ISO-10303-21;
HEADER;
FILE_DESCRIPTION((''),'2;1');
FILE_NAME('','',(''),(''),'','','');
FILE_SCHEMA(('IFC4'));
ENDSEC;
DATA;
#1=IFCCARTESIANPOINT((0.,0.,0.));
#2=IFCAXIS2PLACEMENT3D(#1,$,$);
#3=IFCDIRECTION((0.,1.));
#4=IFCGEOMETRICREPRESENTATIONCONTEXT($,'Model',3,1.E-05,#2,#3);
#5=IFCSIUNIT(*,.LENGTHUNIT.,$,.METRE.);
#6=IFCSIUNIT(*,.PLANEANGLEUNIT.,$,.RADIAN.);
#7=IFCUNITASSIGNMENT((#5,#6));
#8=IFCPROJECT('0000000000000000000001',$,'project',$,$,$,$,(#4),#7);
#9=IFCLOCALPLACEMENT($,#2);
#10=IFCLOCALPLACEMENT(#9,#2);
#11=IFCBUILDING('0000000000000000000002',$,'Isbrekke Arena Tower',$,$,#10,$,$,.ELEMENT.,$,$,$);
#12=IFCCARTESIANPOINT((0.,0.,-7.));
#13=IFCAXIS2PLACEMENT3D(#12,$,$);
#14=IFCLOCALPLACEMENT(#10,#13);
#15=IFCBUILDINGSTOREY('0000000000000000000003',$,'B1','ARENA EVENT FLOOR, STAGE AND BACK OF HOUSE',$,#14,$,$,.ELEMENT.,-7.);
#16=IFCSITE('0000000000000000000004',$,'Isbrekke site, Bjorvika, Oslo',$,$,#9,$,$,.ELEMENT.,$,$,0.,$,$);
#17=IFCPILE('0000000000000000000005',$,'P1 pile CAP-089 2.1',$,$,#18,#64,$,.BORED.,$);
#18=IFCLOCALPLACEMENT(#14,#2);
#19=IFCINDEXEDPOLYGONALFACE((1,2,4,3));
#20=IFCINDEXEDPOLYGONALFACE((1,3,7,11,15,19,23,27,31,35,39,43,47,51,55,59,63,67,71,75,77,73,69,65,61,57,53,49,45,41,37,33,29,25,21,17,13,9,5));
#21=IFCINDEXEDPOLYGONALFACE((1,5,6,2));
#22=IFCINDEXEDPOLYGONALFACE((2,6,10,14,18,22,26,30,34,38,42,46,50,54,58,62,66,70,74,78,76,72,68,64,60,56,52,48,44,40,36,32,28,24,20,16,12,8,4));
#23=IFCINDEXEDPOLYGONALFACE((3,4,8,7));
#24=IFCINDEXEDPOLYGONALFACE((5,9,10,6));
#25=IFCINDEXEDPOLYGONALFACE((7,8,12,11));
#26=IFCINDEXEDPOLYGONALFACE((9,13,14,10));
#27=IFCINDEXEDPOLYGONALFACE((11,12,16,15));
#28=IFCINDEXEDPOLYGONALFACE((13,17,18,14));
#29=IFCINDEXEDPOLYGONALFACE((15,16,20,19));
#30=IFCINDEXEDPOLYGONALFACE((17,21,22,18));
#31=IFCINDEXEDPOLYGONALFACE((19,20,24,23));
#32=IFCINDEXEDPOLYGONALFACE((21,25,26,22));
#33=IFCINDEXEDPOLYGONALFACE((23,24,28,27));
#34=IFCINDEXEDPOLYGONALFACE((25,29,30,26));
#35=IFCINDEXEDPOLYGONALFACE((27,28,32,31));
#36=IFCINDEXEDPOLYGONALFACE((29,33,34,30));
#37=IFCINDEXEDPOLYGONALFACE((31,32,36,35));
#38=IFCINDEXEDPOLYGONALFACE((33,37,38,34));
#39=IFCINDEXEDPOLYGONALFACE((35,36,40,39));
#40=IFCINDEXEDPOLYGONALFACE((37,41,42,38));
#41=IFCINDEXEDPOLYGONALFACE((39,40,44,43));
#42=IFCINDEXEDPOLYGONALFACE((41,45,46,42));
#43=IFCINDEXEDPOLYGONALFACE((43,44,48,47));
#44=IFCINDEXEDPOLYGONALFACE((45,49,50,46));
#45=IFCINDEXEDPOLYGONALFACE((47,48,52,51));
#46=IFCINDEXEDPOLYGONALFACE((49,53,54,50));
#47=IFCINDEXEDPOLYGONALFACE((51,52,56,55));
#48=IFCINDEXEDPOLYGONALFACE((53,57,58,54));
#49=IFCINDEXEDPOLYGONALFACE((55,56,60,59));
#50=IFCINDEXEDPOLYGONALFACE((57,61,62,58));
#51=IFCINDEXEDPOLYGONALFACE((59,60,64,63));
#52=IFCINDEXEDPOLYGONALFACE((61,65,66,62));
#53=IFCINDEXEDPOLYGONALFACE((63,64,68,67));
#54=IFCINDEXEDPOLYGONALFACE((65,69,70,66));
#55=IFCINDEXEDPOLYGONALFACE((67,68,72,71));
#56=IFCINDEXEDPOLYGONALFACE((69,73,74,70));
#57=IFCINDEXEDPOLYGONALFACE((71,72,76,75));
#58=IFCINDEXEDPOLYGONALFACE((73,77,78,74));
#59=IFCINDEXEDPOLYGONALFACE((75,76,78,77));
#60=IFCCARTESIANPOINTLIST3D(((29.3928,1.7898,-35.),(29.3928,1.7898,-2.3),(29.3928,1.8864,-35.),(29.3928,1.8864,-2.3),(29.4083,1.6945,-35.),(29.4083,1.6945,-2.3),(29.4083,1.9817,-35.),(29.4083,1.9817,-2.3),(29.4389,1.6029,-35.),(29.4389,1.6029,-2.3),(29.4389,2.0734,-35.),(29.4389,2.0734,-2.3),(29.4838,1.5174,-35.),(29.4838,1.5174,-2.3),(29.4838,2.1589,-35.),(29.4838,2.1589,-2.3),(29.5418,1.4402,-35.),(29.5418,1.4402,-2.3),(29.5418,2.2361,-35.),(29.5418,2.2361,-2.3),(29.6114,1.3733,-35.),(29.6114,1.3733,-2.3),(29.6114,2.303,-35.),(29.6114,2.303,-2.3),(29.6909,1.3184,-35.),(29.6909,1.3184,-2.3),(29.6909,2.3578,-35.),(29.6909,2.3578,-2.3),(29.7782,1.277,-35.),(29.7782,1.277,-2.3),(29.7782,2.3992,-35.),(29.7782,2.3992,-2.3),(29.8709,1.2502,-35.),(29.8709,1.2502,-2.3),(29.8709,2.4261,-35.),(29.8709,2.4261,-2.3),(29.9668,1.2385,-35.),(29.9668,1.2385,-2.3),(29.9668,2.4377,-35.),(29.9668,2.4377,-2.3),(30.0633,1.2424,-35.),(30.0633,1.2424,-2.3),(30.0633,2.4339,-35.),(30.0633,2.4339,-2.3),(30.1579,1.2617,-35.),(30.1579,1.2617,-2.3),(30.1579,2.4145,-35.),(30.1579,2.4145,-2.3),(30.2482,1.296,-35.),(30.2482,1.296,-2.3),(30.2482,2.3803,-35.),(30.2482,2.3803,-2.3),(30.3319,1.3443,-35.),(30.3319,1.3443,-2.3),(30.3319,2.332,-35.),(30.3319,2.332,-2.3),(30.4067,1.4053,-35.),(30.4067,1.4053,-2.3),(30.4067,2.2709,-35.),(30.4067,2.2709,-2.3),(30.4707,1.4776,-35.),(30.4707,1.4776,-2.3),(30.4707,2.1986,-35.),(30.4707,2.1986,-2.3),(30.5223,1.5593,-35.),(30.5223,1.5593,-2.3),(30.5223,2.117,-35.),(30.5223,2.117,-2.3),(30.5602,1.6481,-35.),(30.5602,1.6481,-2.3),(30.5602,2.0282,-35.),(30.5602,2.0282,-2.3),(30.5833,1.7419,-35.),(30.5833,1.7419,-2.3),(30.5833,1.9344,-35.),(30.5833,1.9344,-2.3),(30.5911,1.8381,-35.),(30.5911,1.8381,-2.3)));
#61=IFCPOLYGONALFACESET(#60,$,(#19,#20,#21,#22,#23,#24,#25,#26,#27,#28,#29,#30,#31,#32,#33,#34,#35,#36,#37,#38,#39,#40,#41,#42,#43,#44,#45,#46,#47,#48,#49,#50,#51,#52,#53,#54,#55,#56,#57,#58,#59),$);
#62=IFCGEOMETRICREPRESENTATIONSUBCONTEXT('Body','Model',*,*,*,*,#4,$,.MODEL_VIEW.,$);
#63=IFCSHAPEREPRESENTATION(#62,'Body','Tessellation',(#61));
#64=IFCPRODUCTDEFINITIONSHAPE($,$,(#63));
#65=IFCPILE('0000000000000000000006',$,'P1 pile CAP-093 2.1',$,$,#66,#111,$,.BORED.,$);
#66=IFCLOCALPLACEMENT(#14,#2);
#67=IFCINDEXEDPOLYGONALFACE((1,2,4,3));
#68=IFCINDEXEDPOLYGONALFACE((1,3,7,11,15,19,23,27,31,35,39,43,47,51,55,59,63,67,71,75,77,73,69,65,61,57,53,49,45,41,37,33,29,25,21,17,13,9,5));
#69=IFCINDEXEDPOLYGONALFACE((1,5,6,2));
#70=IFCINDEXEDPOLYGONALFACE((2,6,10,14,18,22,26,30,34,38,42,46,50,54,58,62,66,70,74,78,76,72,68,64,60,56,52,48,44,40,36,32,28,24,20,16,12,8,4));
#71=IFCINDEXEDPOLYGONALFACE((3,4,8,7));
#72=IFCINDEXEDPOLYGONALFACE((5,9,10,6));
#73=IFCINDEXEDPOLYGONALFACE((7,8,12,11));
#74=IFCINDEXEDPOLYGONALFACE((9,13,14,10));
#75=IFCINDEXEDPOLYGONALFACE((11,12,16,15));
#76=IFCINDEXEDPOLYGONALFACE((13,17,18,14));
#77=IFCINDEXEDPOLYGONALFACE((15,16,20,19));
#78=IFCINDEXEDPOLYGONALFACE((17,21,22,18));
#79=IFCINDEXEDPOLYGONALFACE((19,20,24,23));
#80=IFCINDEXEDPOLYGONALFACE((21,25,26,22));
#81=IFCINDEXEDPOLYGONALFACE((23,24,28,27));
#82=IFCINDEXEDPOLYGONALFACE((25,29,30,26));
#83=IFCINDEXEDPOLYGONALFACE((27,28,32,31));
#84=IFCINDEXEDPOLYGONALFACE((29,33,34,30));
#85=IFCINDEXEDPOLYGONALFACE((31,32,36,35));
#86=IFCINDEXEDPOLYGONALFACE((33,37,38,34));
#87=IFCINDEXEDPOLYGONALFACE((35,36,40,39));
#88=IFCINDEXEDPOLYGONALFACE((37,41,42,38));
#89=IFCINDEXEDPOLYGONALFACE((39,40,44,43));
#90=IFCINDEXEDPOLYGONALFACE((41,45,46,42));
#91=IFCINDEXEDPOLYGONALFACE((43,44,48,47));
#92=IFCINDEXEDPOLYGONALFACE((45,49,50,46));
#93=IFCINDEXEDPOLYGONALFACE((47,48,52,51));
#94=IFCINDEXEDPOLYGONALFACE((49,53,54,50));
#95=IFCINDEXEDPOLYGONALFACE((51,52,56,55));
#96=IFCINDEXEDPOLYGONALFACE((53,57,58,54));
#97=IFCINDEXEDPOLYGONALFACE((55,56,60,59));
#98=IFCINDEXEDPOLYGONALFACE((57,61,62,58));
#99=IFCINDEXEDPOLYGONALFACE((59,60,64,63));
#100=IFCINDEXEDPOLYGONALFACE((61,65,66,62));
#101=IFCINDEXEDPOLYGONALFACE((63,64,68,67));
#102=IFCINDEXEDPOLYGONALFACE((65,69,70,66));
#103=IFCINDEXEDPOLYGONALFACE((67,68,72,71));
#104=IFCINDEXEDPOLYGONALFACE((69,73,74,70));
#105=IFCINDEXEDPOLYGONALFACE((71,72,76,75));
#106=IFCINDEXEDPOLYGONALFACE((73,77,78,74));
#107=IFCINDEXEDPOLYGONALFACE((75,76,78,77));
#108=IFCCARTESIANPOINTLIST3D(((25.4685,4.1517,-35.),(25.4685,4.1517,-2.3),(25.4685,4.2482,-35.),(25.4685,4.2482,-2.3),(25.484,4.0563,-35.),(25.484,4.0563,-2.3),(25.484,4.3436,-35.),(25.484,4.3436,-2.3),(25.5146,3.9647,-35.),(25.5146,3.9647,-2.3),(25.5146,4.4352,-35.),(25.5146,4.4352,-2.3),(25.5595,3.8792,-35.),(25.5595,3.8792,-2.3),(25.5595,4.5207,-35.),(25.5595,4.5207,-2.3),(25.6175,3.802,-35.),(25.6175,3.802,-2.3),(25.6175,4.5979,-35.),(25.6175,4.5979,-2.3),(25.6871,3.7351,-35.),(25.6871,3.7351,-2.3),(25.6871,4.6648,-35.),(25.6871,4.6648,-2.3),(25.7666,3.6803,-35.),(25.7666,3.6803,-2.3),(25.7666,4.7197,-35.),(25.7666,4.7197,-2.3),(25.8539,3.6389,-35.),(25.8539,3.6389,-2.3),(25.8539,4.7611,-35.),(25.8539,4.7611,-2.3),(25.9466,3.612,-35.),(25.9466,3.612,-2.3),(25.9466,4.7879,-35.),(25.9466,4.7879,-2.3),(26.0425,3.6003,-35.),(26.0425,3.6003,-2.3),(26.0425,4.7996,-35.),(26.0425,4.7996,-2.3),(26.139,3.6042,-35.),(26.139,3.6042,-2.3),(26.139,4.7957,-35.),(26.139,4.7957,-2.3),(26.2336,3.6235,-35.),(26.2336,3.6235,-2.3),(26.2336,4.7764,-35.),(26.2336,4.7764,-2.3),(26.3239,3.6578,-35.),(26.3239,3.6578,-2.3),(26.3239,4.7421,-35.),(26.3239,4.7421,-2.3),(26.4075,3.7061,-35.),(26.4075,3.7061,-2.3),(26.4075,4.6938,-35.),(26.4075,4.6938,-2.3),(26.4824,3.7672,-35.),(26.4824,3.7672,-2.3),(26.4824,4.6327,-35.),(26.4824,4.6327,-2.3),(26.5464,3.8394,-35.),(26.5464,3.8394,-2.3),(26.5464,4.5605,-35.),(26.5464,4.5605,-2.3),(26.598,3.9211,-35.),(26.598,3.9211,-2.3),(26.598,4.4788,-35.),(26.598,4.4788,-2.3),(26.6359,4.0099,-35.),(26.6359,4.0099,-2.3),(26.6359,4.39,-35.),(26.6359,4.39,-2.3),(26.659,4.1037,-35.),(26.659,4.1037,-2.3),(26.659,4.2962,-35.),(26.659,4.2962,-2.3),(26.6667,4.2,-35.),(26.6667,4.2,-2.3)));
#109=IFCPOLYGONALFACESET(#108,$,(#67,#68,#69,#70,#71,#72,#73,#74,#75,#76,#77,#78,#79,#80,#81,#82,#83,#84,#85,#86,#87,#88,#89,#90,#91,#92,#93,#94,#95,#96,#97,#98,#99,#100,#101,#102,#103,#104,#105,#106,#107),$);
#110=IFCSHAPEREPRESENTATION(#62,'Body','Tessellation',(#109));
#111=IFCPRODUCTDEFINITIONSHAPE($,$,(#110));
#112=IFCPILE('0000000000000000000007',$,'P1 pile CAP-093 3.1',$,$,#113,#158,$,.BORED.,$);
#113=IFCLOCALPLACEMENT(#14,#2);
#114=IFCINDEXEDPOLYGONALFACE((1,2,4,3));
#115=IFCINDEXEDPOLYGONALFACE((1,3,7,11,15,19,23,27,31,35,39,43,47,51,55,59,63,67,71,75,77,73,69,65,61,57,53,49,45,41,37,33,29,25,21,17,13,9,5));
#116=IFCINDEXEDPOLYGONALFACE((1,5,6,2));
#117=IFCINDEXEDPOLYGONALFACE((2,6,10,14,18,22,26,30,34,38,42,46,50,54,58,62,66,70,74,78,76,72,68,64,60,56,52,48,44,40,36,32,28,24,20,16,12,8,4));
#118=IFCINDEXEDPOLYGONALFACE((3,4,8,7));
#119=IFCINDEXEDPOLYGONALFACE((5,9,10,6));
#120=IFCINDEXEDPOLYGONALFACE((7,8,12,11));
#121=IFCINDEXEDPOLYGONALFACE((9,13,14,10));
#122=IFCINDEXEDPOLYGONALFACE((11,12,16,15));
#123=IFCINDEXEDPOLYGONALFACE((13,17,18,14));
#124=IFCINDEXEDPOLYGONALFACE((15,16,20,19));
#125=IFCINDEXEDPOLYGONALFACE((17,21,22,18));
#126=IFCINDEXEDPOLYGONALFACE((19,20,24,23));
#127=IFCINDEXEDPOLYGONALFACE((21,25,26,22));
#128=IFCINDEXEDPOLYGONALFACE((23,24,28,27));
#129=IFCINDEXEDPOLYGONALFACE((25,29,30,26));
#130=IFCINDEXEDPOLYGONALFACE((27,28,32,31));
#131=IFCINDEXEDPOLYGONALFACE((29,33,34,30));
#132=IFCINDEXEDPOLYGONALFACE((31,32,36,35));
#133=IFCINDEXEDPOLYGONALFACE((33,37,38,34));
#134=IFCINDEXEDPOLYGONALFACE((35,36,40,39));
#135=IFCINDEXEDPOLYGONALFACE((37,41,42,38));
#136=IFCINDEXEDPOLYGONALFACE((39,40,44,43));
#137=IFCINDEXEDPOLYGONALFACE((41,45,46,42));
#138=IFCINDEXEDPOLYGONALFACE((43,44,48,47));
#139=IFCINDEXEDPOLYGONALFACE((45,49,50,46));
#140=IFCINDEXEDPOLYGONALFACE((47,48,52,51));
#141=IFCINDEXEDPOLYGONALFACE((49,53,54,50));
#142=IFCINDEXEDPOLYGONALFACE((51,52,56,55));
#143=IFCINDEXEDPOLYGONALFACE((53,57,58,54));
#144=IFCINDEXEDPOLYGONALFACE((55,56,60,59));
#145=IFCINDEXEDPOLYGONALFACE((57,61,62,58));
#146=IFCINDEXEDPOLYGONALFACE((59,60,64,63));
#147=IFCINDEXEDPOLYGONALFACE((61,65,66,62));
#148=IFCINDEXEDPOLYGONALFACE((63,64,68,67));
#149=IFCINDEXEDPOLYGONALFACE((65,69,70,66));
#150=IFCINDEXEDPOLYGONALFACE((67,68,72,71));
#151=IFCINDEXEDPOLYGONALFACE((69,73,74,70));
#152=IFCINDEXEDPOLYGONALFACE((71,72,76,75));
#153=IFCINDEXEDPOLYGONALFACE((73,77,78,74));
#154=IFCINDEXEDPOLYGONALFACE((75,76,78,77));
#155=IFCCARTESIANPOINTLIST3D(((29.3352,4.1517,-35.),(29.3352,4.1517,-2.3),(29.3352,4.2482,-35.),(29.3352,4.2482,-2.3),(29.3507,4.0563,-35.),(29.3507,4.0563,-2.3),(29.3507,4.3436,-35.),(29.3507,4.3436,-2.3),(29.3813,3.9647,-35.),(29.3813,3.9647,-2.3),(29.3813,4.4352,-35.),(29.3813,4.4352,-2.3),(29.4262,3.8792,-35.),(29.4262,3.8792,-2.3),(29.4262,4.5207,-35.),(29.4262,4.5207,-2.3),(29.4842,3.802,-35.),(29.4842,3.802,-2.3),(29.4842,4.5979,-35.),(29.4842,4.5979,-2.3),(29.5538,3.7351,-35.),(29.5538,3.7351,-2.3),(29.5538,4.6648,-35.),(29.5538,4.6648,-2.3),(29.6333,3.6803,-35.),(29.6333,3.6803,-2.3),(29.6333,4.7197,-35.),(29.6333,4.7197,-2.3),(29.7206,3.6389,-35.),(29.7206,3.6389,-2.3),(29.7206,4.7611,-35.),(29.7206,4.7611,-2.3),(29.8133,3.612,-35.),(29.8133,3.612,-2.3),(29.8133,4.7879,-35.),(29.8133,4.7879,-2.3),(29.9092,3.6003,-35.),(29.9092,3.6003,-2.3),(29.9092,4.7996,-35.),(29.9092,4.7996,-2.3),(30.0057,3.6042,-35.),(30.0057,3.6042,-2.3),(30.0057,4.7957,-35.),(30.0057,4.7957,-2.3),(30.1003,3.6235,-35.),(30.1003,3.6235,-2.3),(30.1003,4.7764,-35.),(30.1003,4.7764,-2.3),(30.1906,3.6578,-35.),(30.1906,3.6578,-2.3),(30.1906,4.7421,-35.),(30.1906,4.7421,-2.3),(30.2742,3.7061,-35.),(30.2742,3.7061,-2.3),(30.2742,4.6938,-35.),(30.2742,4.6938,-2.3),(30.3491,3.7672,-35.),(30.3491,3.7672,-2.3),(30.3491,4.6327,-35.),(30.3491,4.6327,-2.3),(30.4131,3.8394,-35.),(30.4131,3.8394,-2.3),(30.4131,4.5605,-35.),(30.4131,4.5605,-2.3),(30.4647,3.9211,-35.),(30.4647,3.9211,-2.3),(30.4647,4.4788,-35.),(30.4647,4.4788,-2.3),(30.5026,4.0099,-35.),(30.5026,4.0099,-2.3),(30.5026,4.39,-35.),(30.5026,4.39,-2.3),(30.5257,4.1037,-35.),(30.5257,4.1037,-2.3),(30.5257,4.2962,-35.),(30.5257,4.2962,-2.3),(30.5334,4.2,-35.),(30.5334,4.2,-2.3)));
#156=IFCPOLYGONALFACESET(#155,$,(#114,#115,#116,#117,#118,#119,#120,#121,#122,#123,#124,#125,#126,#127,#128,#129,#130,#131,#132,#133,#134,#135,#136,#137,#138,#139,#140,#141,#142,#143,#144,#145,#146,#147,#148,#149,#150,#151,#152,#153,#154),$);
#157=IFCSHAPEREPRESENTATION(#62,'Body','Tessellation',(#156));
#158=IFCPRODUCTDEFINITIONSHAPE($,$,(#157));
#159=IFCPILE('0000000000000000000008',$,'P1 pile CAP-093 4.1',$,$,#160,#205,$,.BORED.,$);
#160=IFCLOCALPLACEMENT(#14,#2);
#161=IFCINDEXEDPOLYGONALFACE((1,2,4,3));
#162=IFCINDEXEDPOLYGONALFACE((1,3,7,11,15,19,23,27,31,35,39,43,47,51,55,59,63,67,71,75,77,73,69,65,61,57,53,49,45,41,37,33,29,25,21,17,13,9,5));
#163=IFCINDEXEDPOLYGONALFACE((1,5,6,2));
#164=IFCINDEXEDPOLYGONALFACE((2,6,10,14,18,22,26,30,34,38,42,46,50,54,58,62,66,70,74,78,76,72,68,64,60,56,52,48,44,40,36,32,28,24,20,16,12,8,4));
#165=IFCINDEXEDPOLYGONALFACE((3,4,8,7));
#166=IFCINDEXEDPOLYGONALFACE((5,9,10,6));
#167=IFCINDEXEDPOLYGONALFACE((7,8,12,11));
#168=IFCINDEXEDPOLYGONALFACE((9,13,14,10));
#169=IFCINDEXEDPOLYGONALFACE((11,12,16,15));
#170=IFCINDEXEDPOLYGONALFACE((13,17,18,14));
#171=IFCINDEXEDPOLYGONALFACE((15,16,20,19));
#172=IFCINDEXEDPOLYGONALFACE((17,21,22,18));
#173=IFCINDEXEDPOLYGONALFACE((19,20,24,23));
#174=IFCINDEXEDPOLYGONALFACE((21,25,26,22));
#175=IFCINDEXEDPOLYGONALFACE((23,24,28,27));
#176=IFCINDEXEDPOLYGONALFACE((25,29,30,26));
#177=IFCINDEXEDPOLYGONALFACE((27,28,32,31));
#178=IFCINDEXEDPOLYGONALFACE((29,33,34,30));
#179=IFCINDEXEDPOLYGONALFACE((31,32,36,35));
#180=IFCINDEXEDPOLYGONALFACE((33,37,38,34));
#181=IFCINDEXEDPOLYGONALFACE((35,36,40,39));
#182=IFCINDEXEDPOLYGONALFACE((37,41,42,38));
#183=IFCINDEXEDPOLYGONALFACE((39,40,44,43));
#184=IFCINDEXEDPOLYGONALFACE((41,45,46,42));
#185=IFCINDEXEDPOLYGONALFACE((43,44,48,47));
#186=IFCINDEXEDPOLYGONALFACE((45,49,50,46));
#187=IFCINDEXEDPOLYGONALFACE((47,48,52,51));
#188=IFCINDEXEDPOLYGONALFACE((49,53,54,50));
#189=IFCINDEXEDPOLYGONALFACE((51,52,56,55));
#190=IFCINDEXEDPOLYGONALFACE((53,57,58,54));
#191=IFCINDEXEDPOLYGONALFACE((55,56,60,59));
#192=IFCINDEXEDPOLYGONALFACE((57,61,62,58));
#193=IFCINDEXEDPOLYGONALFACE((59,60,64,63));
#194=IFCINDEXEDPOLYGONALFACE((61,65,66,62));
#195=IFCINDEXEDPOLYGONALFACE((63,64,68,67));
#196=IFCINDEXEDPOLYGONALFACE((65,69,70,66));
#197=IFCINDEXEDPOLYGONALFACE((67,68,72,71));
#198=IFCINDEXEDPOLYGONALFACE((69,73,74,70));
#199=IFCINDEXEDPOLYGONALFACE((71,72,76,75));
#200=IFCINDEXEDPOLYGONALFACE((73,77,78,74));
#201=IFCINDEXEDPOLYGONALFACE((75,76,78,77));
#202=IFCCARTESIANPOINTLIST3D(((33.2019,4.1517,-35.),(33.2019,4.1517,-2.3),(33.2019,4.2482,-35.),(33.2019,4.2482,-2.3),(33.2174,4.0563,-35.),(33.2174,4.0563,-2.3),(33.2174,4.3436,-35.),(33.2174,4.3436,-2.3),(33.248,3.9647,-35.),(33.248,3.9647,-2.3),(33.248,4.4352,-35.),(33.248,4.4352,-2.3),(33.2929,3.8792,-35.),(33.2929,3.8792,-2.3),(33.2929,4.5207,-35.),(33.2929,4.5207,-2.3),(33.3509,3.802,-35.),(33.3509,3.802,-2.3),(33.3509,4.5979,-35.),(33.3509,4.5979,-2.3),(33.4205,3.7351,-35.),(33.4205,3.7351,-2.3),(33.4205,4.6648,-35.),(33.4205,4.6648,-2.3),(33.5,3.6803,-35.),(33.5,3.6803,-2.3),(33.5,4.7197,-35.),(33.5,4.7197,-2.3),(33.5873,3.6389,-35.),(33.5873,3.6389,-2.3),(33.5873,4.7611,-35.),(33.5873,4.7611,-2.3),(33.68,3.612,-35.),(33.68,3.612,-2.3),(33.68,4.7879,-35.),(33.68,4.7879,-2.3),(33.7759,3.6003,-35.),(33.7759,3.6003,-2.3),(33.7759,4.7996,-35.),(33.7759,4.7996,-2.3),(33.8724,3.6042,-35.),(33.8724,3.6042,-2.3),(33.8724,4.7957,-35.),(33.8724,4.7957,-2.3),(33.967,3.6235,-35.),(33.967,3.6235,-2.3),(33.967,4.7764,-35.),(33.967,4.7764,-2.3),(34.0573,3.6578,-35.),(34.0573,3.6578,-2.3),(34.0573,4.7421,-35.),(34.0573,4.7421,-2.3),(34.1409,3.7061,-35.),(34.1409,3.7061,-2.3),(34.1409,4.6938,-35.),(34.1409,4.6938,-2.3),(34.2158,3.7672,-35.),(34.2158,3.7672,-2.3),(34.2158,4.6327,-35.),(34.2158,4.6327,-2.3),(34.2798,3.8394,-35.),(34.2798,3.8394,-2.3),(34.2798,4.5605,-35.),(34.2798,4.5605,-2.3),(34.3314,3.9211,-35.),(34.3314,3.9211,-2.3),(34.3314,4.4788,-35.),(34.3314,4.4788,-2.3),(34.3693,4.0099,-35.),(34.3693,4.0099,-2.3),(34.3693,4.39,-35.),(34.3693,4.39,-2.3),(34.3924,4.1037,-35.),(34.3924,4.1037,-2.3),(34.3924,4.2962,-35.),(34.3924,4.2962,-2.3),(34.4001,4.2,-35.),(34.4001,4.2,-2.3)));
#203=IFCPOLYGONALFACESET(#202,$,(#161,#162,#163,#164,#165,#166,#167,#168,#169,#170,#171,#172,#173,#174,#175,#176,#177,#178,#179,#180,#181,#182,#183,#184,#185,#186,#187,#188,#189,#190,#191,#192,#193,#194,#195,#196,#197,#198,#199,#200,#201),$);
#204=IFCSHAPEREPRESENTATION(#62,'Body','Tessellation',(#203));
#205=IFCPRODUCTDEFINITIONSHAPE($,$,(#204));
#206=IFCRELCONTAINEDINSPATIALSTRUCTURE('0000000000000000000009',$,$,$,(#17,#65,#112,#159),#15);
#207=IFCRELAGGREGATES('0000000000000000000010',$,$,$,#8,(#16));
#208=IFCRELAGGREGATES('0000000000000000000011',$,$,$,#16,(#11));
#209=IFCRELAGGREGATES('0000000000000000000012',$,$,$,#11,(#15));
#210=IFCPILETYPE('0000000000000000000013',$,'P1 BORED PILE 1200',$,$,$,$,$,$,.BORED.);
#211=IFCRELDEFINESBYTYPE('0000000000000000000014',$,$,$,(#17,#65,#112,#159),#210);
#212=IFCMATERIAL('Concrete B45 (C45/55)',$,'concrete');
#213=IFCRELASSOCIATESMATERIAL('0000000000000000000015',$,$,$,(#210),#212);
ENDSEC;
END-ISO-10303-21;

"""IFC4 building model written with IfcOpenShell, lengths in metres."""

from ifc_helpers import new_model, si_unit, direction, frame, origin, origin_2d, place, context, subcontext, project, spatial, circle, extrude, material, material_profile, profile_set, type_object, element, save


model = new_model("IFC4")

# Units and contexts
model_context = context("Model", 3, precision=1e-05, world=origin(), true_north=direction((0.0, 1.0)))
body_context = subcontext(model_context, "Body", "Model", "MODEL_VIEW")
ifc_project = project(units=[si_unit("LENGTHUNIT", "METRE"), si_unit("PLANEANGLEUNIT", "RADIAN")], contexts=[model_context])

# Site, building, storey
site_placement = place(None, origin())
site = spatial("IfcSite", under=ifc_project, at=site_placement, Name="Isbrekke site, Bjorvika, Oslo", CompositionType="ELEMENT", RefElevation=0.0)
building_placement = place(site_placement, origin())
building = spatial("IfcBuilding", under=site, at=building_placement, Name="Isbrekke Arena Tower", CompositionType="ELEMENT")
storey_placement = place(building_placement, frame((0.0, 0.0, -7.0)))
storey = spatial("IfcBuildingStorey", under=building, at=storey_placement, Name="B1", Description="ARENA EVENT FLOOR, STAGE AND BACK OF HOUSE", CompositionType="ELEMENT", Elevation=-7.0)

# Piles
ifc_material_1 = material(Name="Concrete B45 (C45/55)", Category="concrete")
ifc_material_profile_1 = material_profile(ifc_material_1, circle(Radius=0.6001, at=origin_2d()), Name="BORED PILE D1200")
ifc_profile_set_1 = profile_set([ifc_material_profile_1], Name="Concrete B45 (C45/55)")
pile_type = type_object("IfcPileType", Name="P1 BORED PILE 1200", PredefinedType="BORED", material=ifc_profile_set_1)
for number, where, z_axis, x_axis, name in (
    (1, (29.991, 1.8381, -2.3), (0.0, 0.0, -1.0), (1.0, 0.0, 0.0), "P1 pile CAP-089 2.1"),
    (2, (26.0667, 4.2, -2.3), (0.0, 0.0, -1.0), (1.0, 0.0, 0.0), "P1 pile CAP-093 2.1"),
    (3, (29.9333, 4.2, -2.3), (0.0, 0.0, -1.0), (1.0, 0.0, 0.0), "P1 pile CAP-093 3.1"),
    (4, (33.8, 4.2, -2.3), (0.0, 0.0, -1.0), (1.0, 0.0, 0.0), "P1 pile CAP-093 4.1"),
):
    element("IfcPile", number, at=place(storey_placement, frame(where, z_axis=z_axis, x_axis=x_axis)), inside=storey, type_object=pile_type, Name=name, PredefinedType="BORED", context=body_context, shape_type="SweptSolid", body=[
        extrude(circle(Radius=0.6001, at=origin_2d()), origin(), (0.0, 0.0, 1.0), 32.7),
    ])

save(model, "model.ifc")
